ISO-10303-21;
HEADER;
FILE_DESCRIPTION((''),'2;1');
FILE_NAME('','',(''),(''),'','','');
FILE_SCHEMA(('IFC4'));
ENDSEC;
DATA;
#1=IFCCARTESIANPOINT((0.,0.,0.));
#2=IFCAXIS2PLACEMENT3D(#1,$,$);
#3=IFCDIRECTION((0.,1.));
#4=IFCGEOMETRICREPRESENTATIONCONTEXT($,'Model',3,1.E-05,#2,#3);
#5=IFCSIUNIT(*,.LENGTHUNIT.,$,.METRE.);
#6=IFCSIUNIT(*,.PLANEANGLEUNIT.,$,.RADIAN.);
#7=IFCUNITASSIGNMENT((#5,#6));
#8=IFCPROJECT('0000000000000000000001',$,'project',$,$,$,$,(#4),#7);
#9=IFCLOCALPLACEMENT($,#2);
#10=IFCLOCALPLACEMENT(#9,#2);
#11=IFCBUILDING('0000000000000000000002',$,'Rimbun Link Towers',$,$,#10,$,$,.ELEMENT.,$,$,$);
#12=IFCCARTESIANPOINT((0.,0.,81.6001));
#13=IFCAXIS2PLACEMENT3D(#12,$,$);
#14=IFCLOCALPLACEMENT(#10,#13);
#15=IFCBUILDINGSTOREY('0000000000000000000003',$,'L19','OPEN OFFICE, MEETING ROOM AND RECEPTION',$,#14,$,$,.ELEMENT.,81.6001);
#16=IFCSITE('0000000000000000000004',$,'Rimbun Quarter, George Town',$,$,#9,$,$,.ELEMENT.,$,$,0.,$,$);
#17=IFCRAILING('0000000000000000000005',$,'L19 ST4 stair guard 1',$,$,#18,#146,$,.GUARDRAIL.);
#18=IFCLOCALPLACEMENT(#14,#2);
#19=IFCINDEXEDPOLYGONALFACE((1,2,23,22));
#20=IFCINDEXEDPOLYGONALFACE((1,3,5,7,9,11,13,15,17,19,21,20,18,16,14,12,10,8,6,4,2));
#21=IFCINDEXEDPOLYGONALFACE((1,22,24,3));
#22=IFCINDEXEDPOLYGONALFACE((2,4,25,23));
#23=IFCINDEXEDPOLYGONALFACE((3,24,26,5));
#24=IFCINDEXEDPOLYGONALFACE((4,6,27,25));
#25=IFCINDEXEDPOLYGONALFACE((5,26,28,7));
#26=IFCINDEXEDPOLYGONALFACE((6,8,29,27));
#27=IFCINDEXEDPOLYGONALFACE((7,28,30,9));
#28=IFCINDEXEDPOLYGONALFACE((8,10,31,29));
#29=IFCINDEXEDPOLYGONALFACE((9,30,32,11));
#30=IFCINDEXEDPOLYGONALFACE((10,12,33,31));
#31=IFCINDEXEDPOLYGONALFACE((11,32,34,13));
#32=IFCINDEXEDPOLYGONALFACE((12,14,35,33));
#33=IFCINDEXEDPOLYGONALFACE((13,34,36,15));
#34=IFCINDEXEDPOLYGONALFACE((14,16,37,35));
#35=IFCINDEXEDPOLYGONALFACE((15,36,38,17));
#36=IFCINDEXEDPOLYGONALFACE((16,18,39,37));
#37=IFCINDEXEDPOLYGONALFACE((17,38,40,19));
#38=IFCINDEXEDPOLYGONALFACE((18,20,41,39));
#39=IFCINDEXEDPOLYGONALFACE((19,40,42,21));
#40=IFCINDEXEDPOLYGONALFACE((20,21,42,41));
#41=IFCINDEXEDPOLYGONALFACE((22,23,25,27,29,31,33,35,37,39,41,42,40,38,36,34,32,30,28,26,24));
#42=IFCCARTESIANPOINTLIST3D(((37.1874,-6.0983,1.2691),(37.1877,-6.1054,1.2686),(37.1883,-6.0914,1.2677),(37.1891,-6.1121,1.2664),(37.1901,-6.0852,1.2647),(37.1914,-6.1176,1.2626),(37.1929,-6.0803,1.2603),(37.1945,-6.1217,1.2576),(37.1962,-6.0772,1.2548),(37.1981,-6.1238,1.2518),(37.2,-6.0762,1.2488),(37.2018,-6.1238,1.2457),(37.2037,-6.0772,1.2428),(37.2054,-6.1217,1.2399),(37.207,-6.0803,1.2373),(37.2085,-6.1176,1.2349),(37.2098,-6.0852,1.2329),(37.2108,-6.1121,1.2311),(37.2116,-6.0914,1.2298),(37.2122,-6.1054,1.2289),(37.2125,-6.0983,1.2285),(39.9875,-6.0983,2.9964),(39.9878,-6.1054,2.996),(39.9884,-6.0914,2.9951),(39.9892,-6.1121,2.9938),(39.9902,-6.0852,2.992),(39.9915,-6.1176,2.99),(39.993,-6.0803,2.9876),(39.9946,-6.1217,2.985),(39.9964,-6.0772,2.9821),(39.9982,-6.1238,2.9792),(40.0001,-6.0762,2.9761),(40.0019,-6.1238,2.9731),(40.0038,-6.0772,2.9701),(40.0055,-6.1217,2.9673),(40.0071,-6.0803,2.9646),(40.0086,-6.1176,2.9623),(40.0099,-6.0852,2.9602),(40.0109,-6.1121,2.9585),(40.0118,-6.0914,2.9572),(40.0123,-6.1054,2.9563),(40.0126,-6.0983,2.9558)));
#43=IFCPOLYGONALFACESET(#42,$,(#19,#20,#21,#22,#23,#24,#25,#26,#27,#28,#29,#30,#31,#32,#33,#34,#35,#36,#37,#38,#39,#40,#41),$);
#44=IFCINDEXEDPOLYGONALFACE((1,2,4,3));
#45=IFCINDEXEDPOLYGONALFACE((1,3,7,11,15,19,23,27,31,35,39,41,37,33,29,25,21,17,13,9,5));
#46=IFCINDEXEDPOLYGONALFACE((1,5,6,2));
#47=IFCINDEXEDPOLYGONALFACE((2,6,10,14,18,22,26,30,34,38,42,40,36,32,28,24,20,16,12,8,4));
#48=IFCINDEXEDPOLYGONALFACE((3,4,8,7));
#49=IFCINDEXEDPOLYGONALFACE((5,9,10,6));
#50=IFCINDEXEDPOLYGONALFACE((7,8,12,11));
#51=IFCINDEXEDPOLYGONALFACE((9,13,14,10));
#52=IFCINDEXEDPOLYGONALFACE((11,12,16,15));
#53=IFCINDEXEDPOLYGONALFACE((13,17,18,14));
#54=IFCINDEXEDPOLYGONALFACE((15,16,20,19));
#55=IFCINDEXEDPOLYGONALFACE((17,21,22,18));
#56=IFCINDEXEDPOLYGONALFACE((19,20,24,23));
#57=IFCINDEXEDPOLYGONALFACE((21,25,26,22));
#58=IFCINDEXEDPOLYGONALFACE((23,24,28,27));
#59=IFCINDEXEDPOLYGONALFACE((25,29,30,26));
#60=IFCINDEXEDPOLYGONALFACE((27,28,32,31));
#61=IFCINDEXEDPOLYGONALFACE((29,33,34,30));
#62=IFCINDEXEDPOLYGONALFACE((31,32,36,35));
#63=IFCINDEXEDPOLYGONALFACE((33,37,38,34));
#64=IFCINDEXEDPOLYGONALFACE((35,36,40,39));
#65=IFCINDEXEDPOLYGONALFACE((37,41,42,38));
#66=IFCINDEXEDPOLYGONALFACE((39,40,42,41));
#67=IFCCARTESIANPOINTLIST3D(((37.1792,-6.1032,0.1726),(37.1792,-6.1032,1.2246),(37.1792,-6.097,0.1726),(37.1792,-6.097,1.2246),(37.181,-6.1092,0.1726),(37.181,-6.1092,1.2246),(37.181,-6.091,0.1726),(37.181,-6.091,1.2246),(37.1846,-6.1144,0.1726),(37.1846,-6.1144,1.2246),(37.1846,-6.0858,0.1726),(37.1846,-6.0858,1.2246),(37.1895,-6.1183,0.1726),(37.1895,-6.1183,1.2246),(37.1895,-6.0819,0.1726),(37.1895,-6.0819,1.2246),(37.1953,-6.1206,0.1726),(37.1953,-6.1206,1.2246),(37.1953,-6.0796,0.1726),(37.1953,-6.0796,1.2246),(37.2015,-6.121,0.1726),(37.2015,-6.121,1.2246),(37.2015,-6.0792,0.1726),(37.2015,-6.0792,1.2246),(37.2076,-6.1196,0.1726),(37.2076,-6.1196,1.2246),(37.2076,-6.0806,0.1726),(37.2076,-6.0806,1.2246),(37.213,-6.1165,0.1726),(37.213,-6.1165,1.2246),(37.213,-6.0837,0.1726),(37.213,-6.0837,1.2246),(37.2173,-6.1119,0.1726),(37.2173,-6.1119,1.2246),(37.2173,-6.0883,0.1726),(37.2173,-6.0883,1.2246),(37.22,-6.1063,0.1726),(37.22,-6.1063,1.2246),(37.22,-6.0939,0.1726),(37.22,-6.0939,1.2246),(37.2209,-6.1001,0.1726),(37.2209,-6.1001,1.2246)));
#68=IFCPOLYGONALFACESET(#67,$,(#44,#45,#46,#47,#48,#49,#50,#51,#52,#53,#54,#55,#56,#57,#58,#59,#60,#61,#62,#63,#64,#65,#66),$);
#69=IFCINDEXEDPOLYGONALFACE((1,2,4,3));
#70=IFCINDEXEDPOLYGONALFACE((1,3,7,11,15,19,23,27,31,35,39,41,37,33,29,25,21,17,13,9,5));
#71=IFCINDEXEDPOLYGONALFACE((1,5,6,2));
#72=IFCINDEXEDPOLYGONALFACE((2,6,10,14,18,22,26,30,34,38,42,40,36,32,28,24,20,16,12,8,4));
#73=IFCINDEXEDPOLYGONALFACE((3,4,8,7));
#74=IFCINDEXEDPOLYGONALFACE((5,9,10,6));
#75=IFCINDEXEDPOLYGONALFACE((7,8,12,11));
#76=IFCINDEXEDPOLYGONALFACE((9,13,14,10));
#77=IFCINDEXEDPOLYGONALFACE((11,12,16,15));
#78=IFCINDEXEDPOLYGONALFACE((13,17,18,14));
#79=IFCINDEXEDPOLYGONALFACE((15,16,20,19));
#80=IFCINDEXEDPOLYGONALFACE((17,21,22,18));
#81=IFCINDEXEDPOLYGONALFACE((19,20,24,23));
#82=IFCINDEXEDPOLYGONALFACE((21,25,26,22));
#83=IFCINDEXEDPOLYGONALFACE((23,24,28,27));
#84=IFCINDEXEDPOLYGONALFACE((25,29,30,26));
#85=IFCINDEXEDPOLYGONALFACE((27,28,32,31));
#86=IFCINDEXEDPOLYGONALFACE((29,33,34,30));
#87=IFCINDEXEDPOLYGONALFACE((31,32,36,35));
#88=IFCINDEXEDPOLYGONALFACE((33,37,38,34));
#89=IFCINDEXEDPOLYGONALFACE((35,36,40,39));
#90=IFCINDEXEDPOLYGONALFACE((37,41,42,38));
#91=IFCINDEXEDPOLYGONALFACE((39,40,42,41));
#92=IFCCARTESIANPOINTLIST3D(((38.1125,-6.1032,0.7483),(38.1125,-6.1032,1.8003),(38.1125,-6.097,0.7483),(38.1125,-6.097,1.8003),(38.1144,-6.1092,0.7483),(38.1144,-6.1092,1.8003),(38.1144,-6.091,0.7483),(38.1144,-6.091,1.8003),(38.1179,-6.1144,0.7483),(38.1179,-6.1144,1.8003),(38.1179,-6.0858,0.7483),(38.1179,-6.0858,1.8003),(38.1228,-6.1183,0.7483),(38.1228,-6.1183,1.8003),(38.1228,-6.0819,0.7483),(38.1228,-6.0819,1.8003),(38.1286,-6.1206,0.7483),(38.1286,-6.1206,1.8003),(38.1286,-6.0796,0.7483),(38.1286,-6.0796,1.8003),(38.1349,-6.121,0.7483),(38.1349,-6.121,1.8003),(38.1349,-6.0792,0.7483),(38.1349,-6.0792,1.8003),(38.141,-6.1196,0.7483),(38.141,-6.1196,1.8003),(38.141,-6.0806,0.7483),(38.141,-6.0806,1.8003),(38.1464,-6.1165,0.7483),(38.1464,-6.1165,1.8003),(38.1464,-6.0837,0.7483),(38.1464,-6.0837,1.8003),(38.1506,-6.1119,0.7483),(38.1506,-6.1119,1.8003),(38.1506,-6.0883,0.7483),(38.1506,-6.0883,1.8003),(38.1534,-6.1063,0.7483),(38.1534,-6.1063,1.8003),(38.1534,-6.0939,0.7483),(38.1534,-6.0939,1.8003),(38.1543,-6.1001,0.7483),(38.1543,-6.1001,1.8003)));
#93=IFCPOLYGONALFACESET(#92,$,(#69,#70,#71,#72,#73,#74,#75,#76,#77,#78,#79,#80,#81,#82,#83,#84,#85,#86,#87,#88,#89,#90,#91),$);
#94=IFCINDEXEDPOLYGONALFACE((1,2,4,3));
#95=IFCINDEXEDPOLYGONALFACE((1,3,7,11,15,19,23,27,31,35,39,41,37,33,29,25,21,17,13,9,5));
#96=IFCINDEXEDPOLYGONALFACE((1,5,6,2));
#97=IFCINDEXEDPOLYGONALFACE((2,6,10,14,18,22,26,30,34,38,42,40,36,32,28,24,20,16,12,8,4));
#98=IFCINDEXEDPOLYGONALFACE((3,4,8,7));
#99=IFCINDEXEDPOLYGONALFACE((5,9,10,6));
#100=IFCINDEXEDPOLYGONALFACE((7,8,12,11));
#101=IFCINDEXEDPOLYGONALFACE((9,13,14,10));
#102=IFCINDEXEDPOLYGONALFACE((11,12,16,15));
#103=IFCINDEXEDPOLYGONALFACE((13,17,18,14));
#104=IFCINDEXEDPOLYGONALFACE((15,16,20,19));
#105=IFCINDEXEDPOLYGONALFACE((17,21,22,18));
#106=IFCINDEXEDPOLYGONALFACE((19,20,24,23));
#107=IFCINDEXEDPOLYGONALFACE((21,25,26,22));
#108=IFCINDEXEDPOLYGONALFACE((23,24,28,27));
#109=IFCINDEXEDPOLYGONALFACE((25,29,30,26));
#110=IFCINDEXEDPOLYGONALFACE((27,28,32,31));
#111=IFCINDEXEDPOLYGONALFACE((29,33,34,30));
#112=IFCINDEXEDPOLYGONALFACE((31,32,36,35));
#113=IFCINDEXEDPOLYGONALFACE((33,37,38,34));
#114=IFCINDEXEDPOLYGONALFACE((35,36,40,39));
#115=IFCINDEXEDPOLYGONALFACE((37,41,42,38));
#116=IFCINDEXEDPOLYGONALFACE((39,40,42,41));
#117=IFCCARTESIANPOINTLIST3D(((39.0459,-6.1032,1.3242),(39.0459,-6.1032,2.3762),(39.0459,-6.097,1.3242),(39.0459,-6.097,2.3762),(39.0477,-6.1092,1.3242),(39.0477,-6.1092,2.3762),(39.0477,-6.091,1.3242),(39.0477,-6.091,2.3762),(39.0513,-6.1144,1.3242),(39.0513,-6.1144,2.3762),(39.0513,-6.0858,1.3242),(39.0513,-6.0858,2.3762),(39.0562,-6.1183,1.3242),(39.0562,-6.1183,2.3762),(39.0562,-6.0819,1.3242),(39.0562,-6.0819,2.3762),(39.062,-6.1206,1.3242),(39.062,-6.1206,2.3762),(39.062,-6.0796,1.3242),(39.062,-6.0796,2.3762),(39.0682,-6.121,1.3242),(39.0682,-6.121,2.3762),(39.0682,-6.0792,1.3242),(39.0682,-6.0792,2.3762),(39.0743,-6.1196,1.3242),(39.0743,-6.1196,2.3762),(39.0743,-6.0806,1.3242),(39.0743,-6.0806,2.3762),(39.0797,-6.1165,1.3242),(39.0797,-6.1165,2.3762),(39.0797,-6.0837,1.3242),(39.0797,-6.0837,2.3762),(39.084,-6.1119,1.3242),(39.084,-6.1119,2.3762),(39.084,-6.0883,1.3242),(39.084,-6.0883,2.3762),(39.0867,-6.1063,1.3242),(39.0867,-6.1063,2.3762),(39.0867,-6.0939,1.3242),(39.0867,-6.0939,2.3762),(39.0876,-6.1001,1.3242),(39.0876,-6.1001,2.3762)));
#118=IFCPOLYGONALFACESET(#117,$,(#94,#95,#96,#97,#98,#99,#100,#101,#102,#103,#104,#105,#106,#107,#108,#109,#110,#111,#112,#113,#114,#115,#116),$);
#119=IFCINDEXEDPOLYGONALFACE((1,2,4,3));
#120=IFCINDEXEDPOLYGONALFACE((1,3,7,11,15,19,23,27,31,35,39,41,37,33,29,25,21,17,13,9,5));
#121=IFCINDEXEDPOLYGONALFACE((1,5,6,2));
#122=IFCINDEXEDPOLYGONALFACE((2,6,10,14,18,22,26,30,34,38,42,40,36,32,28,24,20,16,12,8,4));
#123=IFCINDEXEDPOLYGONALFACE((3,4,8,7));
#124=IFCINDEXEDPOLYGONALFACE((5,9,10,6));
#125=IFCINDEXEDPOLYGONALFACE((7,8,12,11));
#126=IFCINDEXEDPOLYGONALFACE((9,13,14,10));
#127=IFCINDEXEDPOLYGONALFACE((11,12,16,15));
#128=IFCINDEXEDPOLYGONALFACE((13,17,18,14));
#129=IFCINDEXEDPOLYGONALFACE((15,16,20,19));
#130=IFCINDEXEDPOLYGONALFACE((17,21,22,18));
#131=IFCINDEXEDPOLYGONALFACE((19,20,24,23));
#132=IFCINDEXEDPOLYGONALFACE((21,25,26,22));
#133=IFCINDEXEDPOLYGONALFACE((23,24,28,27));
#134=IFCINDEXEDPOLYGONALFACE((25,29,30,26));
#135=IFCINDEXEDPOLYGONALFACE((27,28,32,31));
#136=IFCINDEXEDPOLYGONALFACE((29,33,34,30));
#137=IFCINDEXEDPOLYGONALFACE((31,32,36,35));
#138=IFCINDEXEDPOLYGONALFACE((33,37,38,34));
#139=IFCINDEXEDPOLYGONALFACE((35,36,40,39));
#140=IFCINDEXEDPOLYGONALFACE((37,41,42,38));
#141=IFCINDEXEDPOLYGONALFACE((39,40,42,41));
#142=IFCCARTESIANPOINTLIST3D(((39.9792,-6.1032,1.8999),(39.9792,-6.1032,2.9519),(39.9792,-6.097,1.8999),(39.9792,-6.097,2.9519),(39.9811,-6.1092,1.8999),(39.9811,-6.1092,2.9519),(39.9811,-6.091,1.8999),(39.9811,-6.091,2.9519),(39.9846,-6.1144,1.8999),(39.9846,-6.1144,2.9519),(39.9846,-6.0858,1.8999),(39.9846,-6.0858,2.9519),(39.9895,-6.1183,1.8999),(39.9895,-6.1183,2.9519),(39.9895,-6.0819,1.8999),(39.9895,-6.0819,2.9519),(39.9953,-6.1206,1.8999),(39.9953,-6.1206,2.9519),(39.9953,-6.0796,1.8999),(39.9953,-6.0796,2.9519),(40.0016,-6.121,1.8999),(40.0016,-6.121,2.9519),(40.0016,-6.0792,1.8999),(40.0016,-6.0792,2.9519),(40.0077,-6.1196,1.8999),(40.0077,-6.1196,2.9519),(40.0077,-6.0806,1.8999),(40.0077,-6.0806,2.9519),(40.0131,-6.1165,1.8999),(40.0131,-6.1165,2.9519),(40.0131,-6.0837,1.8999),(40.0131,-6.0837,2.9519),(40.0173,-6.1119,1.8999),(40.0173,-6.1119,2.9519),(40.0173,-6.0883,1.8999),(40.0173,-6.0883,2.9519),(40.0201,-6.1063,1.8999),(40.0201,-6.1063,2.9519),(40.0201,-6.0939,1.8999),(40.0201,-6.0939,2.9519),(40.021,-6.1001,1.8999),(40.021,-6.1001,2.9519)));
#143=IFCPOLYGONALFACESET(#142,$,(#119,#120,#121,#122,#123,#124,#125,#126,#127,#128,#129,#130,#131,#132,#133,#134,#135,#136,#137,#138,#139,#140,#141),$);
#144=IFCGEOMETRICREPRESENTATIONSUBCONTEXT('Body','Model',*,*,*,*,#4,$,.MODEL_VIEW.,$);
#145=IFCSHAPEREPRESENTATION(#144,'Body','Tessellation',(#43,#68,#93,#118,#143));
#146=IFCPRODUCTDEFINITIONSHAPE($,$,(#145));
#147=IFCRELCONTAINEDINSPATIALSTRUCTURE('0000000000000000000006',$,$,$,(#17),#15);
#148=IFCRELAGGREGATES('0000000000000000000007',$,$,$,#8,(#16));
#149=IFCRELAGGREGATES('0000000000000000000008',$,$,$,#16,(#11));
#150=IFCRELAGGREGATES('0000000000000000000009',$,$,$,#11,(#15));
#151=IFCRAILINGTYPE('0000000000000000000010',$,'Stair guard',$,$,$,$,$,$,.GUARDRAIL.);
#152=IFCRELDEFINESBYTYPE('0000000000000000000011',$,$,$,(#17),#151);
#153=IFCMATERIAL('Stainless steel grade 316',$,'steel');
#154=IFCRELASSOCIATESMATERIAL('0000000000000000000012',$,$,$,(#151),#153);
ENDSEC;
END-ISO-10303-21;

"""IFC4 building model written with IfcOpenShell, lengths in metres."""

from ifc_helpers import new_model, si_unit, direction, frame, origin, origin_2d, place, context, subcontext, project, spatial, circle, extrude, material, type_object, element, save


model = new_model("IFC4")

# Units and contexts
model_context = context("Model", 3, precision=1e-05, world=origin(), true_north=direction((0.0, 1.0)))
body_context = subcontext(model_context, "Body", "Model", "MODEL_VIEW")
ifc_project = project(units=[si_unit("LENGTHUNIT", "METRE"), si_unit("PLANEANGLEUNIT", "RADIAN")], contexts=[model_context])

# Site, building, storey
site_placement = place(None, origin())
site = spatial("IfcSite", under=ifc_project, at=site_placement, Name="Rimbun Quarter, George Town", CompositionType="ELEMENT", RefElevation=0.0)
building_placement = place(site_placement, origin())
building = spatial("IfcBuilding", under=site, at=building_placement, Name="Rimbun Link Towers", CompositionType="ELEMENT")
storey_placement = place(building_placement, frame((0.0, 0.0, 81.6001)))
storey = spatial("IfcBuildingStorey", under=building, at=storey_placement, Name="L19", Description="OPEN OFFICE, MEETING ROOM AND RECEPTION", CompositionType="ELEMENT", Elevation=81.6001)

# Railing
ifc_material_1 = material(Name="Stainless steel grade 316", Category="steel")
railing_type_1 = type_object("IfcRailingType", Name="Stair guard", PredefinedType="GUARDRAIL", material=ifc_material_1)
railing_1_placement = place(storey_placement, frame((37.2, -6.1001, 0.1726)))
element("IfcRailing", 1, at=railing_1_placement, inside=storey, type_object=railing_type_1, Name="L19 ST4 stair guard 1", PredefinedType="GUARDRAIL", context=body_context, shape_type="SweptSolid", body=[
    extrude(circle(Radius=0.0239, at=origin_2d()), frame((0.0, 0.0, 1.0762), z_axis=(0.85109, 0.0, 0.52502), x_axis=(0.0, 1.0, 0.0)), (0.0, 0.0, 1.0), 3.29),
    extrude(circle(Radius=0.021, at=origin_2d()), origin(), (0.0, 0.0, 1.0), 1.052),
    extrude(circle(Radius=0.021, at=origin_2d()), frame((0.9333, 0.0, 0.5757)), (0.0, 0.0, 1.0), 1.052),
    extrude(circle(Radius=0.021, at=origin_2d()), frame((1.8667, 0.0, 1.1516)), (0.0, 0.0, 1.0), 1.052),
    extrude(circle(Radius=0.021, at=origin_2d()), frame((2.8, 0.0, 1.7273)), (0.0, 0.0, 1.0), 1.052),
])

save(model, "model.ifc")
